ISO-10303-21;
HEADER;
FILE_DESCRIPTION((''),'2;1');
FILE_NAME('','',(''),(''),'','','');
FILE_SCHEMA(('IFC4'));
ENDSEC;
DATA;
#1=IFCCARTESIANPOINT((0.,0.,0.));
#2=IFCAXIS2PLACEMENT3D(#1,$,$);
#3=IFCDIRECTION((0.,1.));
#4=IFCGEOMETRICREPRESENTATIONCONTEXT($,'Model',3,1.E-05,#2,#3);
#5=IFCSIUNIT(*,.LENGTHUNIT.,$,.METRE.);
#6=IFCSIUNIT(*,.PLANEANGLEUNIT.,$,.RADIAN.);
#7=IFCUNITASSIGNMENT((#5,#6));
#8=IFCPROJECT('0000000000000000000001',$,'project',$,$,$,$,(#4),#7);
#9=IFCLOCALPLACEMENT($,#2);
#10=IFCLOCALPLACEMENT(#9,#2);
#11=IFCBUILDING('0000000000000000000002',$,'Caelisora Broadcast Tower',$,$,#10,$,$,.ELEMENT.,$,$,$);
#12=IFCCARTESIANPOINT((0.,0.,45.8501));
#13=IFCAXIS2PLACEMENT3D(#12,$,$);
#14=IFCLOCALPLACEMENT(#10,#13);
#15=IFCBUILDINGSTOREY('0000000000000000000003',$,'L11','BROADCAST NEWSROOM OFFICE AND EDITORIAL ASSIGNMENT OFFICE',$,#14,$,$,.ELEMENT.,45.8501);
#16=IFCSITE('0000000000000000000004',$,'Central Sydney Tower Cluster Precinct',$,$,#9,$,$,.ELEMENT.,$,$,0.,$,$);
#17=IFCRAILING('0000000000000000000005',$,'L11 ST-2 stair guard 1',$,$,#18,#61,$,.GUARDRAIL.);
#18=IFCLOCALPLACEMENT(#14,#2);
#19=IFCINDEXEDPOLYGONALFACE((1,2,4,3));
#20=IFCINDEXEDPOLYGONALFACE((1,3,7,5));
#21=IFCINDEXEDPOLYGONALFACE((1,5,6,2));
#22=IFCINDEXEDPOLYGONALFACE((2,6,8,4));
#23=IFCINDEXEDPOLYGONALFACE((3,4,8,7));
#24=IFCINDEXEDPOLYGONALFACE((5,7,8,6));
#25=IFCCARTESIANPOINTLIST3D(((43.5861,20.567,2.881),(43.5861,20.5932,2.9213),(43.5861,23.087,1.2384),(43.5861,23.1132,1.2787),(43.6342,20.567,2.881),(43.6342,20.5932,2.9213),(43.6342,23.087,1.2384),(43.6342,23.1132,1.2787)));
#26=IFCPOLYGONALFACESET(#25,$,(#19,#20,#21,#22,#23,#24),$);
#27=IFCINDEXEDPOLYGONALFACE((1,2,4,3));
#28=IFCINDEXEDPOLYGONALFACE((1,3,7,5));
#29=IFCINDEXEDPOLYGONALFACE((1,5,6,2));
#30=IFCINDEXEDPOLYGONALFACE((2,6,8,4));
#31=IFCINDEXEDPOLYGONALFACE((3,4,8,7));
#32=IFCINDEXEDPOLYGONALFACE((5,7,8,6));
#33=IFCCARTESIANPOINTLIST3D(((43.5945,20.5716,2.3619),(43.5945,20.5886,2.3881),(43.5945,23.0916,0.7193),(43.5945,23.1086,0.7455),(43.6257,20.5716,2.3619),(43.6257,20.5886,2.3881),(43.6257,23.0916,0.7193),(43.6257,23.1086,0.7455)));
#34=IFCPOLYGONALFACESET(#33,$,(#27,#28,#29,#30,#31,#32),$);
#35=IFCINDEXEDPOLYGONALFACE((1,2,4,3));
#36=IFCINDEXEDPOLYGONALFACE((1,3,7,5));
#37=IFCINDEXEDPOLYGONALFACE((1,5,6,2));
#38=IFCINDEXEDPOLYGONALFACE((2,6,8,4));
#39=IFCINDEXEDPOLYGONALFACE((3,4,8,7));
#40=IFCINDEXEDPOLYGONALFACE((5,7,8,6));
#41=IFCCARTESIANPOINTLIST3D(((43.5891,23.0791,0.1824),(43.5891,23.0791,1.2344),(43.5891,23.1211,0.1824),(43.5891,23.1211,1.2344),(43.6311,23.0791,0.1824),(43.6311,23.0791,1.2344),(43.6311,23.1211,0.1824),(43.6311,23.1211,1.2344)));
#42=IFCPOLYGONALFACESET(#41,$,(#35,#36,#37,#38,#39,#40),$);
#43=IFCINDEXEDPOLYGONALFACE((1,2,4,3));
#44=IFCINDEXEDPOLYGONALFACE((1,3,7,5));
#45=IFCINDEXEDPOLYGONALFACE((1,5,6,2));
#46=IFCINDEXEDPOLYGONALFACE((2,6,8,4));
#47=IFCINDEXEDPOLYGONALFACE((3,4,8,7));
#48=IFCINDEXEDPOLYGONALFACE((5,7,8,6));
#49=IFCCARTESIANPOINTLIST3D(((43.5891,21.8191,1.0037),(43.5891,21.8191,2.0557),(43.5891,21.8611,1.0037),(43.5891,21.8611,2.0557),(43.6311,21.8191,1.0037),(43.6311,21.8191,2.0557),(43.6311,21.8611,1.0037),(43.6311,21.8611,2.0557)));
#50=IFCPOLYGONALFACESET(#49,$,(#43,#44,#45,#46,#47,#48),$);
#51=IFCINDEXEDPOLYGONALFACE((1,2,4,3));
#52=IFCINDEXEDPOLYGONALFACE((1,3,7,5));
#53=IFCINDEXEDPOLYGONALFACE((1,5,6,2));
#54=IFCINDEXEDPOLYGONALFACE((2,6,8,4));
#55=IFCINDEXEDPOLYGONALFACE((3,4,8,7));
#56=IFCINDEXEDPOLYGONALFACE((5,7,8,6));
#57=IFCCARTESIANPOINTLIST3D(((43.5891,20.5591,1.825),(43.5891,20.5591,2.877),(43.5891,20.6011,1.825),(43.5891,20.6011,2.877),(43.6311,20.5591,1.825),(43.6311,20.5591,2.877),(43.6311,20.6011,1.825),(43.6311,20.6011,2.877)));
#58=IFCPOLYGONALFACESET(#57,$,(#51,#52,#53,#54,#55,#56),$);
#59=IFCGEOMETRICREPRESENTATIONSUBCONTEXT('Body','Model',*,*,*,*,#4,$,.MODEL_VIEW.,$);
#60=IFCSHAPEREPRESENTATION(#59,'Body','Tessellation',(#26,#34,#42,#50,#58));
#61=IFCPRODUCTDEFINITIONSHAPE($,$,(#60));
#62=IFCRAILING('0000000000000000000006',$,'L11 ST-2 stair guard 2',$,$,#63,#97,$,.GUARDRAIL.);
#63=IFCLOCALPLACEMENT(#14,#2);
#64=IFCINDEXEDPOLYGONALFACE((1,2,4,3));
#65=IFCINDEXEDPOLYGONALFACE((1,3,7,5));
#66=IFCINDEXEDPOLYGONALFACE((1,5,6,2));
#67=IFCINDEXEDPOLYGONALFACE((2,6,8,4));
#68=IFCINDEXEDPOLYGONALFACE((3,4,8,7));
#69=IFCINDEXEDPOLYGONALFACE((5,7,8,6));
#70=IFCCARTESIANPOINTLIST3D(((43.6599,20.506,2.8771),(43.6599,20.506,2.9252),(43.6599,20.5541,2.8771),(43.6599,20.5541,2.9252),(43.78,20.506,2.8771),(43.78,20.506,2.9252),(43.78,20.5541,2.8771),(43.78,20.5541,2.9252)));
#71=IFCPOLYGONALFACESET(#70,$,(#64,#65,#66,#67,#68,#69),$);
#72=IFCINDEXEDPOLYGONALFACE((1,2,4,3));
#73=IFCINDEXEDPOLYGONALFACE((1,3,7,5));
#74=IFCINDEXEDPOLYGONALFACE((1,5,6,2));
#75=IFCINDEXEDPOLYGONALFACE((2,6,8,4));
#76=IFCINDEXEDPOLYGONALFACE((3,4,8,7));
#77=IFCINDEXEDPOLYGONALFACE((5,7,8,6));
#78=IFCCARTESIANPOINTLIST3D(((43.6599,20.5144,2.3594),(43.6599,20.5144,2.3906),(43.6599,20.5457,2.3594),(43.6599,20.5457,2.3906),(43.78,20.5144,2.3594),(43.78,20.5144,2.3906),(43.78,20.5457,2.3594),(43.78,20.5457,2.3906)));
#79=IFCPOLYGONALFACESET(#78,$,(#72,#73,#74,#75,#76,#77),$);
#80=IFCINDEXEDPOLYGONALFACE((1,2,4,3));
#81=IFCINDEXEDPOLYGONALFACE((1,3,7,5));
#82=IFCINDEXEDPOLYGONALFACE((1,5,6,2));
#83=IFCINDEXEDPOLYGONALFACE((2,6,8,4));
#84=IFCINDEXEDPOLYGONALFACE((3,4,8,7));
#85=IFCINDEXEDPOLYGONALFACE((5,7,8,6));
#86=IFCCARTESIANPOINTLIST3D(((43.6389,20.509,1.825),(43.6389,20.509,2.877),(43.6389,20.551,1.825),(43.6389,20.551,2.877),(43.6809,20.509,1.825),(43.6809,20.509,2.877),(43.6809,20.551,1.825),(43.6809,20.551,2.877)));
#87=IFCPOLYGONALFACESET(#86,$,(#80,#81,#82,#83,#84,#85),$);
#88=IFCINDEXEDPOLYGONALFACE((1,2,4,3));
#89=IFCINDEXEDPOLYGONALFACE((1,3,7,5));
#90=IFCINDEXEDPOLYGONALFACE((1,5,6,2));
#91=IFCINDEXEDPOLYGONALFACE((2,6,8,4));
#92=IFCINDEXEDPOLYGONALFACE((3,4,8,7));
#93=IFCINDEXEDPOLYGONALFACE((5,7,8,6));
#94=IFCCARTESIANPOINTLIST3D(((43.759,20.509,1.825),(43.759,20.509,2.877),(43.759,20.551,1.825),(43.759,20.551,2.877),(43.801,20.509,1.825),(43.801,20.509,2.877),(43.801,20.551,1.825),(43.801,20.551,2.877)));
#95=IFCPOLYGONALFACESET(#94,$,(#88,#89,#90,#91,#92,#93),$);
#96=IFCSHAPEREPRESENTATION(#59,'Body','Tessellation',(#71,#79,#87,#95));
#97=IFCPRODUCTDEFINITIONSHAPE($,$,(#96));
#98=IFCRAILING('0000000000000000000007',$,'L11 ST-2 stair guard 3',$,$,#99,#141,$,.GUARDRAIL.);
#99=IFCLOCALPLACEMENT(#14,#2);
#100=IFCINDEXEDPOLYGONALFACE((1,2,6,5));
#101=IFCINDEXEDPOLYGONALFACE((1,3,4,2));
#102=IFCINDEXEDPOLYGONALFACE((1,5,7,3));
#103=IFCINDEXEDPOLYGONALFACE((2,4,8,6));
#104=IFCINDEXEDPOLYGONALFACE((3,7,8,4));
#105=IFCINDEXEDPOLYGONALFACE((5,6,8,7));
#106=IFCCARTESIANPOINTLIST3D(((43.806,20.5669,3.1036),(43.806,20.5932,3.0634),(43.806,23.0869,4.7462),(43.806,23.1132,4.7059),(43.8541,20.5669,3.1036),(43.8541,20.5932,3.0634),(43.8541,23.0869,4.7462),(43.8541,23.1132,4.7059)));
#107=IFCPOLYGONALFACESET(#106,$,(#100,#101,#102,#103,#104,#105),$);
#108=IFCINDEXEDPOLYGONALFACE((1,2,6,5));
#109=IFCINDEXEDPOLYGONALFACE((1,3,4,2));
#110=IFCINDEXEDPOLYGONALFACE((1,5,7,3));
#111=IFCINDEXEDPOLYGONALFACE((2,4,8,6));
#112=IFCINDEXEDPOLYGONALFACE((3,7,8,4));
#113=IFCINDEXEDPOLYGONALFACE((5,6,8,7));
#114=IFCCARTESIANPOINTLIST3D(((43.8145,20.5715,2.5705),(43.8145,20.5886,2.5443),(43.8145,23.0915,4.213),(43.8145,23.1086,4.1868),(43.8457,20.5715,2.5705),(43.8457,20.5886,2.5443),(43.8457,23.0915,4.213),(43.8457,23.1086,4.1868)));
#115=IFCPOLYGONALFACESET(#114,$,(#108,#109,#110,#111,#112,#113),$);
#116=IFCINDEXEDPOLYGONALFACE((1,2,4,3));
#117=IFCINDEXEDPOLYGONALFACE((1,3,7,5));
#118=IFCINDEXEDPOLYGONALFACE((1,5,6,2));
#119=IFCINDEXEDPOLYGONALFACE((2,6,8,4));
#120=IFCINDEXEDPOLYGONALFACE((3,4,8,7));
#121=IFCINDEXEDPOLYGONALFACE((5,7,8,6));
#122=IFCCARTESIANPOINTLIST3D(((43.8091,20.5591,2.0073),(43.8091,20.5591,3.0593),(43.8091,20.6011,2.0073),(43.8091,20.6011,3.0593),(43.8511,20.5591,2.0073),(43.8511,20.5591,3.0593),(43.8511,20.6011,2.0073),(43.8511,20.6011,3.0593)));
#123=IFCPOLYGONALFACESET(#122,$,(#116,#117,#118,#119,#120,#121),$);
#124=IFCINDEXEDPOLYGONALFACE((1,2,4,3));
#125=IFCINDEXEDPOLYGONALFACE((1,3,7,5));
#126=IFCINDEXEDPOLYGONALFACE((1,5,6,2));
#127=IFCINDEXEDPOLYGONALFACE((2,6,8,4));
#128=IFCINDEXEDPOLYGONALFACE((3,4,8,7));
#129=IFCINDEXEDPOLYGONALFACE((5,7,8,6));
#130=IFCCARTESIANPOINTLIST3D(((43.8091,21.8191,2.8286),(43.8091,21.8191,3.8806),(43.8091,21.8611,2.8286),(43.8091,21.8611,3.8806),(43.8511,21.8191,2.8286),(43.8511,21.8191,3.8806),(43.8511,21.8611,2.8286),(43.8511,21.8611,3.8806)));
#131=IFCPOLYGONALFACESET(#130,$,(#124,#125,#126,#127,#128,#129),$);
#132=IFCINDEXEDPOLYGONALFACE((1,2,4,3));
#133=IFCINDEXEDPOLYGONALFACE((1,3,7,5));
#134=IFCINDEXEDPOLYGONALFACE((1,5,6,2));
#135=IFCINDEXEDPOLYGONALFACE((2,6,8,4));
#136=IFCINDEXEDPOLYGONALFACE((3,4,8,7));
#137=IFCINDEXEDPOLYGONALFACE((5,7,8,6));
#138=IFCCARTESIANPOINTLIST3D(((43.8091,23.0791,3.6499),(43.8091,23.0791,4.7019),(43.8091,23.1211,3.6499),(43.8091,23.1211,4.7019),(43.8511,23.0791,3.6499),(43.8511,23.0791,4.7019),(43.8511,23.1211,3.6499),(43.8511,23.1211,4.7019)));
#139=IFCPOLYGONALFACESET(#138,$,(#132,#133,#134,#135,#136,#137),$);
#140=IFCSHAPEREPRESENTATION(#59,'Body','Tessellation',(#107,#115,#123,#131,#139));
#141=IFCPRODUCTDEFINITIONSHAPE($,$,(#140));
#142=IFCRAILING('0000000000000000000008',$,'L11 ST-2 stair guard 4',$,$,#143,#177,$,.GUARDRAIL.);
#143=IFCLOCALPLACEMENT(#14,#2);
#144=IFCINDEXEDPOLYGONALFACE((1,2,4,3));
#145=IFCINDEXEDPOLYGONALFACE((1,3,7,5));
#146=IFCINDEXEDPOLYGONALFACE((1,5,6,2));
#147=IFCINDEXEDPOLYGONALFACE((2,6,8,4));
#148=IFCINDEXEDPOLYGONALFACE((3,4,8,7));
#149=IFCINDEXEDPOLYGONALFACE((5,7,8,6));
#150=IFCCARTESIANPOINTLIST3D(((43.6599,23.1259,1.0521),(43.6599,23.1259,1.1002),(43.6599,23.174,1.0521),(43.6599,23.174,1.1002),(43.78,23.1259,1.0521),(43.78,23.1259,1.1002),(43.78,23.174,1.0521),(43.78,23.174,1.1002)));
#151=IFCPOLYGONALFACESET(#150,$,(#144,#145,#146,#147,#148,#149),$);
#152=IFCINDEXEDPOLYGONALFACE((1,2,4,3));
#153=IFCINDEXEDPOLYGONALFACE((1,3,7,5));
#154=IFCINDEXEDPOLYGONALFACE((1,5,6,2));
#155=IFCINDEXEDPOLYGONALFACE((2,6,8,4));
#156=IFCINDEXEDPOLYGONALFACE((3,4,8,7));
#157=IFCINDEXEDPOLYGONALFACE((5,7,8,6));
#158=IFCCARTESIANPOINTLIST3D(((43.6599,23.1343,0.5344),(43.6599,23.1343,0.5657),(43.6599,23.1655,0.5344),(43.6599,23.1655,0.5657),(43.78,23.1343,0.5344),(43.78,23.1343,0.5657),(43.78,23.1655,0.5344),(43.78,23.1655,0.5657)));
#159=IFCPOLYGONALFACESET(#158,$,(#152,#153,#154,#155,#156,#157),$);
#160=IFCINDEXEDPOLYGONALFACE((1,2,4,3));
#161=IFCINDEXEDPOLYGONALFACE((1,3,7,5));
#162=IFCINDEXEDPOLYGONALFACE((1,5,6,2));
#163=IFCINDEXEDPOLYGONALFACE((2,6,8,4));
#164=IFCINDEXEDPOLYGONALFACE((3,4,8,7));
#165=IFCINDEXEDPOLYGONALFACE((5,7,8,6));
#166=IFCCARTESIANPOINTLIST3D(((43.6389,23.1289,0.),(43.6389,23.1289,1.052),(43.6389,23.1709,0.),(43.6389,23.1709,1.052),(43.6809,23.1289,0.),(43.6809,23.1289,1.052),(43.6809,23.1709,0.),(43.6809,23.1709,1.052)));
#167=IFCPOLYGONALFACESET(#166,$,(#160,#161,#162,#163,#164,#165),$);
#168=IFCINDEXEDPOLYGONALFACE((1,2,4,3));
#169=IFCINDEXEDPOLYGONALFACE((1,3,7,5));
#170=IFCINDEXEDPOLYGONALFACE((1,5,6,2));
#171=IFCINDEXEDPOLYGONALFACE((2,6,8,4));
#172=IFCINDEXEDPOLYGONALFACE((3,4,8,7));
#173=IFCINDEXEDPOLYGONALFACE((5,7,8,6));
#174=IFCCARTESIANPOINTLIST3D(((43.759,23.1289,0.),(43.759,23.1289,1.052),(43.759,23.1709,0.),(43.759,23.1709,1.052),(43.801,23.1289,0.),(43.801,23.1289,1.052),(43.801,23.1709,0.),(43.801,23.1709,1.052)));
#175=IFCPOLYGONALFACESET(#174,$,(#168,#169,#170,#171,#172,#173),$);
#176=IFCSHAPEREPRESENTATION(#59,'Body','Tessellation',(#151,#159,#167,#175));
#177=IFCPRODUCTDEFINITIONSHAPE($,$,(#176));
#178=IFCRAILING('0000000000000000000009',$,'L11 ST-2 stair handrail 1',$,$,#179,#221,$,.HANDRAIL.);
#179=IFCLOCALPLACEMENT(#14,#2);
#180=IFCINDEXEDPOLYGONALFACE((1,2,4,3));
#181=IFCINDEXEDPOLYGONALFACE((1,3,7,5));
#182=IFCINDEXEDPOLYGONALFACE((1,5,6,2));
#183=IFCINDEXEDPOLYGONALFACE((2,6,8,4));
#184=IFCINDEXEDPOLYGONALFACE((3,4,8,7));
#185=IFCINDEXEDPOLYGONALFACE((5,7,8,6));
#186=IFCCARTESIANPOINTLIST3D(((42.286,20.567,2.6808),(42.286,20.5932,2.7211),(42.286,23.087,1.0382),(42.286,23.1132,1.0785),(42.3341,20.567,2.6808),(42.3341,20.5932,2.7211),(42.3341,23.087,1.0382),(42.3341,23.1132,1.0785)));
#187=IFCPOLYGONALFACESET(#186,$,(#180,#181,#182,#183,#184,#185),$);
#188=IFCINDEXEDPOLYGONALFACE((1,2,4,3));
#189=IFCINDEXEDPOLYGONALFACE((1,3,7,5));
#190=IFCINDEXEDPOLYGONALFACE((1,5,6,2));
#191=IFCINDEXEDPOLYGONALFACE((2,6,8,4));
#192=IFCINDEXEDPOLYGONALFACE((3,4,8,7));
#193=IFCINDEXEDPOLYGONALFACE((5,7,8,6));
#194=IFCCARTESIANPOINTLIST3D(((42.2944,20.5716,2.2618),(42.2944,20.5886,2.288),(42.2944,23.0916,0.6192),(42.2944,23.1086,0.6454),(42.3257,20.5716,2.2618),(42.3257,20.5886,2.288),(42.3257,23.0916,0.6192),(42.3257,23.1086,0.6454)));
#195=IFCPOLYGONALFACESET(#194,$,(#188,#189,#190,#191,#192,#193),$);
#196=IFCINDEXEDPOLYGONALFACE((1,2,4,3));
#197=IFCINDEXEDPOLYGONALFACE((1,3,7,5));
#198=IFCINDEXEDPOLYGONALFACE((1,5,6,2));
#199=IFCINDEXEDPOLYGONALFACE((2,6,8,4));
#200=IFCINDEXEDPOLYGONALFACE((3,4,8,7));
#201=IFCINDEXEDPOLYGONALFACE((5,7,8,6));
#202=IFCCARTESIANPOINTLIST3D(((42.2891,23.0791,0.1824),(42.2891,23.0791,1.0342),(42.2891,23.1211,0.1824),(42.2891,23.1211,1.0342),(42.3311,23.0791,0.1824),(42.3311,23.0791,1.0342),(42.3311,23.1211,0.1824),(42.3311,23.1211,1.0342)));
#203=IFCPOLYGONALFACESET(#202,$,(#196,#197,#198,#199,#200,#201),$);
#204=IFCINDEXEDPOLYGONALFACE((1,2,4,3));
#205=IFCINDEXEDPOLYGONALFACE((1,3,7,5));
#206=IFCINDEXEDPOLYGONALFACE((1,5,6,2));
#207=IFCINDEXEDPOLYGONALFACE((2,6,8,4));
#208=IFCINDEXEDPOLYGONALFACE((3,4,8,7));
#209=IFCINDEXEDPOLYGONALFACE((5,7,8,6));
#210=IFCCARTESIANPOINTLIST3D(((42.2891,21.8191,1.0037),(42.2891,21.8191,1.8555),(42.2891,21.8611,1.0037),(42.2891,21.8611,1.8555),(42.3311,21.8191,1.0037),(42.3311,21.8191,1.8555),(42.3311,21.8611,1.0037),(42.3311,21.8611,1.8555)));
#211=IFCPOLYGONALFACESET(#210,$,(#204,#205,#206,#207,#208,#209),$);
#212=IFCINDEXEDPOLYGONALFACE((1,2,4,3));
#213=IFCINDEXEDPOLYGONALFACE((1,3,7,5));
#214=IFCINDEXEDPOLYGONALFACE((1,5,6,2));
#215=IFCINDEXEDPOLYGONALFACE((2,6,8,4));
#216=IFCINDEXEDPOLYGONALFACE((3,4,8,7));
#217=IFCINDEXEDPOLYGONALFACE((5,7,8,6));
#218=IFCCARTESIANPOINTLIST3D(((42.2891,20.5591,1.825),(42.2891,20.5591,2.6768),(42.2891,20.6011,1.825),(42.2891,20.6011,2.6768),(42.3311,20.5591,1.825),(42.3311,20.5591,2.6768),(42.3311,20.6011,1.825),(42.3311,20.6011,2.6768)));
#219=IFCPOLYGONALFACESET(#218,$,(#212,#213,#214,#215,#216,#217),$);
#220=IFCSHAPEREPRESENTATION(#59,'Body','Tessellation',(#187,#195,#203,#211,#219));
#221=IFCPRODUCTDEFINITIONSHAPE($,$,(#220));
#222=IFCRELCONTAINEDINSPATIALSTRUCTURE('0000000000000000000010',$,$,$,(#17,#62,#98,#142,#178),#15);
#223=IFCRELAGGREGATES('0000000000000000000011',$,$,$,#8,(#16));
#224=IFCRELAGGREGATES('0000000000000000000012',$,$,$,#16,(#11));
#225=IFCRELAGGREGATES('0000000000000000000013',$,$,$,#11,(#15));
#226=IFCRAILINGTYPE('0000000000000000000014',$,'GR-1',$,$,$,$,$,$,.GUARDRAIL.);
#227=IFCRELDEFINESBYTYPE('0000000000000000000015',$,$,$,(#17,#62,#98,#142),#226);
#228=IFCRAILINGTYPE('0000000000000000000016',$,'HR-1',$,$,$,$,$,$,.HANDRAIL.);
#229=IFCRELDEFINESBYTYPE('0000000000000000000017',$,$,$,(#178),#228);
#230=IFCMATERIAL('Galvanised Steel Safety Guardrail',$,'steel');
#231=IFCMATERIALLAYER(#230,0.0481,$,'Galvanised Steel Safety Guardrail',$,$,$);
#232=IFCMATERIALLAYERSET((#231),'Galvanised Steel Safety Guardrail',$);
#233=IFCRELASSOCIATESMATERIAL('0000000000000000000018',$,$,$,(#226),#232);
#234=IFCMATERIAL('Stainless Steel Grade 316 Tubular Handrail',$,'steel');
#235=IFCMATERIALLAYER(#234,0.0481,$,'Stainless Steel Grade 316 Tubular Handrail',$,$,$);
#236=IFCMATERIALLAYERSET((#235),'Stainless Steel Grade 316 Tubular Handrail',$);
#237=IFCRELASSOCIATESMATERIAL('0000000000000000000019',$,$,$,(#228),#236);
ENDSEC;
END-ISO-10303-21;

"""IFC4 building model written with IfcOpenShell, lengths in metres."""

from ifc_helpers import new_model, si_unit, direction, frame, origin, origin_2d, place, context, subcontext, project, spatial, rectangle, extrude, material, layer, layer_set, type_object, element, save


model = new_model("IFC4")

# Units and contexts
model_context = context("Model", 3, precision=1e-05, world=origin(), true_north=direction((0.0, 1.0)))
body_context = subcontext(model_context, "Body", "Model", "MODEL_VIEW")
ifc_project = project(units=[si_unit("LENGTHUNIT", "METRE"), si_unit("PLANEANGLEUNIT", "RADIAN")], contexts=[model_context])

# Site, building, storey
site_placement = place(None, origin())
site = spatial("IfcSite", under=ifc_project, at=site_placement, Name="Central Sydney Tower Cluster Precinct", CompositionType="ELEMENT", RefElevation=0.0)
building_placement = place(site_placement, origin())
building = spatial("IfcBuilding", under=site, at=building_placement, Name="Caelisora Broadcast Tower", CompositionType="ELEMENT")
storey_placement = place(building_placement, frame((0.0, 0.0, 45.8501)))
storey = spatial("IfcBuildingStorey", under=building, at=storey_placement, Name="L11", Description="BROADCAST NEWSROOM OFFICE AND EDITORIAL ASSIGNMENT OFFICE", CompositionType="ELEMENT", Elevation=45.8501)

# Railings
ifc_material_1 = material(Name="Galvanised Steel Safety Guardrail", Category="steel")
ifc_layer_1 = layer(ifc_material_1, 0.0481, Name="Galvanised Steel Safety Guardrail")
ifc_layer_set_1 = layer_set([ifc_layer_1], Name="Galvanised Steel Safety Guardrail")
railing_type_1 = type_object("IfcRailingType", Name="GR-1", PredefinedType="GUARDRAIL", material=ifc_layer_set_1)
railing_1_placement = place(storey_placement, frame((43.6101, 23.1001, 0.1824)))
element("IfcRailing", 1, at=railing_1_placement, inside=storey, type_object=railing_type_1, Name="L11 ST-2 stair guard 1", PredefinedType="GUARDRAIL", context=body_context, shape_type="SweptSolid", body=[
    extrude(rectangle(XDim=0.0481, YDim=0.0481, at=origin_2d()), frame((0.0, 0.0, 1.0762), z_axis=(0.0, -0.837749, 0.546055), x_axis=(1.0, 0.0, 0.0)), (0.0, 0.0, 1.0), 3.0081),
    extrude(rectangle(XDim=0.0312, YDim=0.0312, at=origin_2d()), frame((0.0, 0.0, 0.55), z_axis=(0.0, -0.837749, 0.546055), x_axis=(1.0, 0.0, 0.0)), (0.0, 0.0, 1.0), 3.0081),
    extrude(rectangle(XDim=0.042, YDim=0.042, at=origin_2d()), origin(), (0.0, 0.0, 1.0), 1.052),
    extrude(rectangle(XDim=0.042, YDim=0.042, at=origin_2d()), frame((0.0, -1.26, 0.8213)), (0.0, 0.0, 1.0), 1.052),
    extrude(rectangle(XDim=0.042, YDim=0.042, at=origin_2d()), frame((0.0, -2.52, 1.6426)), (0.0, 0.0, 1.0), 1.052),
])
railing_2_placement = place(storey_placement, frame((43.6599, 20.53, 1.825)))
element("IfcRailing", 2, at=railing_2_placement, inside=storey, type_object=railing_type_1, Name="L11 ST-2 stair guard 2", PredefinedType="GUARDRAIL", context=body_context, shape_type="SweptSolid", body=[
    extrude(rectangle(XDim=0.0481, YDim=0.0481, at=origin_2d()), frame((0.0, 0.0, 1.0762), z_axis=(1.0, 0.0, 0.0), x_axis=(0.0, 1.0, 0.0)), (0.0, 0.0, 1.0), 0.1201),
    extrude(rectangle(XDim=0.0312, YDim=0.0312, at=origin_2d()), frame((0.0, 0.0, 0.55), z_axis=(1.0, 0.0, 0.0), x_axis=(0.0, 1.0, 0.0)), (0.0, 0.0, 1.0), 0.1201),
    extrude(rectangle(XDim=0.042, YDim=0.042, at=origin_2d()), origin(), (0.0, 0.0, 1.0), 1.052),
    extrude(rectangle(XDim=0.042, YDim=0.042, at=origin_2d()), frame((0.1201, 0.0, 0.0)), (0.0, 0.0, 1.0), 1.052),
])
railing_3_placement = place(storey_placement, frame((43.8301, 20.5801, 2.0073)))
element("IfcRailing", 3, at=railing_3_placement, inside=storey, type_object=railing_type_1, Name="L11 ST-2 stair guard 3", PredefinedType="GUARDRAIL", context=body_context, shape_type="SweptSolid", body=[
    extrude(rectangle(XDim=0.0481, YDim=0.0481, at=origin_2d()), frame((0.0, 0.0, 1.0762), z_axis=(0.0, 0.837749, 0.546055), x_axis=(-1.0, 0.0, 0.0)), (0.0, 0.0, 1.0), 3.0081),
    extrude(rectangle(XDim=0.0312, YDim=0.0312, at=origin_2d()), frame((0.0, 0.0, 0.55), z_axis=(0.0, 0.837749, 0.546055), x_axis=(-1.0, 0.0, 0.0)), (0.0, 0.0, 1.0), 3.0081),
    extrude(rectangle(XDim=0.042, YDim=0.042, at=origin_2d()), origin(), (0.0, 0.0, 1.0), 1.052),
    extrude(rectangle(XDim=0.042, YDim=0.042, at=origin_2d()), frame((0.0, 1.26, 0.8213)), (0.0, 0.0, 1.0), 1.052),
    extrude(rectangle(XDim=0.042, YDim=0.042, at=origin_2d()), frame((0.0, 2.52, 1.6426)), (0.0, 0.0, 1.0), 1.052),
])
railing_4_placement = place(storey_placement, frame((43.6599, 23.1499, 0.0)))
element("IfcRailing", 4, at=railing_4_placement, inside=storey, type_object=railing_type_1, Name="L11 ST-2 stair guard 4", PredefinedType="GUARDRAIL", context=body_context, shape_type="SweptSolid", body=[
    extrude(rectangle(XDim=0.0481, YDim=0.0481, at=origin_2d()), frame((0.0, 0.0, 1.0762), z_axis=(1.0, 0.0, 0.0), x_axis=(0.0, 1.0, 0.0)), (0.0, 0.0, 1.0), 0.1201),
    extrude(rectangle(XDim=0.0312, YDim=0.0312, at=origin_2d()), frame((0.0, 0.0, 0.55), z_axis=(1.0, 0.0, 0.0), x_axis=(0.0, 1.0, 0.0)), (0.0, 0.0, 1.0), 0.1201),
    extrude(rectangle(XDim=0.042, YDim=0.042, at=origin_2d()), origin(), (0.0, 0.0, 1.0), 1.052),
    extrude(rectangle(XDim=0.042, YDim=0.042, at=origin_2d()), frame((0.1201, 0.0, 0.0)), (0.0, 0.0, 1.0), 1.052),
])
ifc_material_2 = material(Name="Stainless Steel Grade 316 Tubular Handrail", Category="steel")
ifc_layer_2 = layer(ifc_material_2, 0.0481, Name="Stainless Steel Grade 316 Tubular Handrail")
ifc_layer_set_2 = layer_set([ifc_layer_2], Name="Stainless Steel Grade 316 Tubular Handrail")
railing_type_2 = type_object("IfcRailingType", Name="HR-1", PredefinedType="HANDRAIL", material=ifc_layer_set_2)
railing_5_placement = place(storey_placement, frame((42.3101, 23.1001, 0.1824)))
element("IfcRailing", 5, at=railing_5_placement, inside=storey, type_object=railing_type_2, Name="L11 ST-2 stair handrail 1", PredefinedType="HANDRAIL", context=body_context, shape_type="SweptSolid", body=[
    extrude(rectangle(XDim=0.0481, YDim=0.0481, at=origin_2d()), frame((0.0, 0.0, 0.876), z_axis=(0.0, -0.837749, 0.546055), x_axis=(1.0, 0.0, 0.0)), (0.0, 0.0, 1.0), 3.0081),
    extrude(rectangle(XDim=0.0312, YDim=0.0312, at=origin_2d()), frame((0.0, 0.0, 0.45), z_axis=(0.0, -0.837749, 0.546055), x_axis=(1.0, 0.0, 0.0)), (0.0, 0.0, 1.0), 3.0081),
    extrude(rectangle(XDim=0.042, YDim=0.042, at=origin_2d()), origin(), (0.0, 0.0, 1.0), 0.8518),
    extrude(rectangle(XDim=0.042, YDim=0.042, at=origin_2d()), frame((0.0, -1.26, 0.8213)), (0.0, 0.0, 1.0), 0.8518),
    extrude(rectangle(XDim=0.042, YDim=0.042, at=origin_2d()), frame((0.0, -2.52, 1.6426)), (0.0, 0.0, 1.0), 0.8518),
])

save(model, "model.ifc")
